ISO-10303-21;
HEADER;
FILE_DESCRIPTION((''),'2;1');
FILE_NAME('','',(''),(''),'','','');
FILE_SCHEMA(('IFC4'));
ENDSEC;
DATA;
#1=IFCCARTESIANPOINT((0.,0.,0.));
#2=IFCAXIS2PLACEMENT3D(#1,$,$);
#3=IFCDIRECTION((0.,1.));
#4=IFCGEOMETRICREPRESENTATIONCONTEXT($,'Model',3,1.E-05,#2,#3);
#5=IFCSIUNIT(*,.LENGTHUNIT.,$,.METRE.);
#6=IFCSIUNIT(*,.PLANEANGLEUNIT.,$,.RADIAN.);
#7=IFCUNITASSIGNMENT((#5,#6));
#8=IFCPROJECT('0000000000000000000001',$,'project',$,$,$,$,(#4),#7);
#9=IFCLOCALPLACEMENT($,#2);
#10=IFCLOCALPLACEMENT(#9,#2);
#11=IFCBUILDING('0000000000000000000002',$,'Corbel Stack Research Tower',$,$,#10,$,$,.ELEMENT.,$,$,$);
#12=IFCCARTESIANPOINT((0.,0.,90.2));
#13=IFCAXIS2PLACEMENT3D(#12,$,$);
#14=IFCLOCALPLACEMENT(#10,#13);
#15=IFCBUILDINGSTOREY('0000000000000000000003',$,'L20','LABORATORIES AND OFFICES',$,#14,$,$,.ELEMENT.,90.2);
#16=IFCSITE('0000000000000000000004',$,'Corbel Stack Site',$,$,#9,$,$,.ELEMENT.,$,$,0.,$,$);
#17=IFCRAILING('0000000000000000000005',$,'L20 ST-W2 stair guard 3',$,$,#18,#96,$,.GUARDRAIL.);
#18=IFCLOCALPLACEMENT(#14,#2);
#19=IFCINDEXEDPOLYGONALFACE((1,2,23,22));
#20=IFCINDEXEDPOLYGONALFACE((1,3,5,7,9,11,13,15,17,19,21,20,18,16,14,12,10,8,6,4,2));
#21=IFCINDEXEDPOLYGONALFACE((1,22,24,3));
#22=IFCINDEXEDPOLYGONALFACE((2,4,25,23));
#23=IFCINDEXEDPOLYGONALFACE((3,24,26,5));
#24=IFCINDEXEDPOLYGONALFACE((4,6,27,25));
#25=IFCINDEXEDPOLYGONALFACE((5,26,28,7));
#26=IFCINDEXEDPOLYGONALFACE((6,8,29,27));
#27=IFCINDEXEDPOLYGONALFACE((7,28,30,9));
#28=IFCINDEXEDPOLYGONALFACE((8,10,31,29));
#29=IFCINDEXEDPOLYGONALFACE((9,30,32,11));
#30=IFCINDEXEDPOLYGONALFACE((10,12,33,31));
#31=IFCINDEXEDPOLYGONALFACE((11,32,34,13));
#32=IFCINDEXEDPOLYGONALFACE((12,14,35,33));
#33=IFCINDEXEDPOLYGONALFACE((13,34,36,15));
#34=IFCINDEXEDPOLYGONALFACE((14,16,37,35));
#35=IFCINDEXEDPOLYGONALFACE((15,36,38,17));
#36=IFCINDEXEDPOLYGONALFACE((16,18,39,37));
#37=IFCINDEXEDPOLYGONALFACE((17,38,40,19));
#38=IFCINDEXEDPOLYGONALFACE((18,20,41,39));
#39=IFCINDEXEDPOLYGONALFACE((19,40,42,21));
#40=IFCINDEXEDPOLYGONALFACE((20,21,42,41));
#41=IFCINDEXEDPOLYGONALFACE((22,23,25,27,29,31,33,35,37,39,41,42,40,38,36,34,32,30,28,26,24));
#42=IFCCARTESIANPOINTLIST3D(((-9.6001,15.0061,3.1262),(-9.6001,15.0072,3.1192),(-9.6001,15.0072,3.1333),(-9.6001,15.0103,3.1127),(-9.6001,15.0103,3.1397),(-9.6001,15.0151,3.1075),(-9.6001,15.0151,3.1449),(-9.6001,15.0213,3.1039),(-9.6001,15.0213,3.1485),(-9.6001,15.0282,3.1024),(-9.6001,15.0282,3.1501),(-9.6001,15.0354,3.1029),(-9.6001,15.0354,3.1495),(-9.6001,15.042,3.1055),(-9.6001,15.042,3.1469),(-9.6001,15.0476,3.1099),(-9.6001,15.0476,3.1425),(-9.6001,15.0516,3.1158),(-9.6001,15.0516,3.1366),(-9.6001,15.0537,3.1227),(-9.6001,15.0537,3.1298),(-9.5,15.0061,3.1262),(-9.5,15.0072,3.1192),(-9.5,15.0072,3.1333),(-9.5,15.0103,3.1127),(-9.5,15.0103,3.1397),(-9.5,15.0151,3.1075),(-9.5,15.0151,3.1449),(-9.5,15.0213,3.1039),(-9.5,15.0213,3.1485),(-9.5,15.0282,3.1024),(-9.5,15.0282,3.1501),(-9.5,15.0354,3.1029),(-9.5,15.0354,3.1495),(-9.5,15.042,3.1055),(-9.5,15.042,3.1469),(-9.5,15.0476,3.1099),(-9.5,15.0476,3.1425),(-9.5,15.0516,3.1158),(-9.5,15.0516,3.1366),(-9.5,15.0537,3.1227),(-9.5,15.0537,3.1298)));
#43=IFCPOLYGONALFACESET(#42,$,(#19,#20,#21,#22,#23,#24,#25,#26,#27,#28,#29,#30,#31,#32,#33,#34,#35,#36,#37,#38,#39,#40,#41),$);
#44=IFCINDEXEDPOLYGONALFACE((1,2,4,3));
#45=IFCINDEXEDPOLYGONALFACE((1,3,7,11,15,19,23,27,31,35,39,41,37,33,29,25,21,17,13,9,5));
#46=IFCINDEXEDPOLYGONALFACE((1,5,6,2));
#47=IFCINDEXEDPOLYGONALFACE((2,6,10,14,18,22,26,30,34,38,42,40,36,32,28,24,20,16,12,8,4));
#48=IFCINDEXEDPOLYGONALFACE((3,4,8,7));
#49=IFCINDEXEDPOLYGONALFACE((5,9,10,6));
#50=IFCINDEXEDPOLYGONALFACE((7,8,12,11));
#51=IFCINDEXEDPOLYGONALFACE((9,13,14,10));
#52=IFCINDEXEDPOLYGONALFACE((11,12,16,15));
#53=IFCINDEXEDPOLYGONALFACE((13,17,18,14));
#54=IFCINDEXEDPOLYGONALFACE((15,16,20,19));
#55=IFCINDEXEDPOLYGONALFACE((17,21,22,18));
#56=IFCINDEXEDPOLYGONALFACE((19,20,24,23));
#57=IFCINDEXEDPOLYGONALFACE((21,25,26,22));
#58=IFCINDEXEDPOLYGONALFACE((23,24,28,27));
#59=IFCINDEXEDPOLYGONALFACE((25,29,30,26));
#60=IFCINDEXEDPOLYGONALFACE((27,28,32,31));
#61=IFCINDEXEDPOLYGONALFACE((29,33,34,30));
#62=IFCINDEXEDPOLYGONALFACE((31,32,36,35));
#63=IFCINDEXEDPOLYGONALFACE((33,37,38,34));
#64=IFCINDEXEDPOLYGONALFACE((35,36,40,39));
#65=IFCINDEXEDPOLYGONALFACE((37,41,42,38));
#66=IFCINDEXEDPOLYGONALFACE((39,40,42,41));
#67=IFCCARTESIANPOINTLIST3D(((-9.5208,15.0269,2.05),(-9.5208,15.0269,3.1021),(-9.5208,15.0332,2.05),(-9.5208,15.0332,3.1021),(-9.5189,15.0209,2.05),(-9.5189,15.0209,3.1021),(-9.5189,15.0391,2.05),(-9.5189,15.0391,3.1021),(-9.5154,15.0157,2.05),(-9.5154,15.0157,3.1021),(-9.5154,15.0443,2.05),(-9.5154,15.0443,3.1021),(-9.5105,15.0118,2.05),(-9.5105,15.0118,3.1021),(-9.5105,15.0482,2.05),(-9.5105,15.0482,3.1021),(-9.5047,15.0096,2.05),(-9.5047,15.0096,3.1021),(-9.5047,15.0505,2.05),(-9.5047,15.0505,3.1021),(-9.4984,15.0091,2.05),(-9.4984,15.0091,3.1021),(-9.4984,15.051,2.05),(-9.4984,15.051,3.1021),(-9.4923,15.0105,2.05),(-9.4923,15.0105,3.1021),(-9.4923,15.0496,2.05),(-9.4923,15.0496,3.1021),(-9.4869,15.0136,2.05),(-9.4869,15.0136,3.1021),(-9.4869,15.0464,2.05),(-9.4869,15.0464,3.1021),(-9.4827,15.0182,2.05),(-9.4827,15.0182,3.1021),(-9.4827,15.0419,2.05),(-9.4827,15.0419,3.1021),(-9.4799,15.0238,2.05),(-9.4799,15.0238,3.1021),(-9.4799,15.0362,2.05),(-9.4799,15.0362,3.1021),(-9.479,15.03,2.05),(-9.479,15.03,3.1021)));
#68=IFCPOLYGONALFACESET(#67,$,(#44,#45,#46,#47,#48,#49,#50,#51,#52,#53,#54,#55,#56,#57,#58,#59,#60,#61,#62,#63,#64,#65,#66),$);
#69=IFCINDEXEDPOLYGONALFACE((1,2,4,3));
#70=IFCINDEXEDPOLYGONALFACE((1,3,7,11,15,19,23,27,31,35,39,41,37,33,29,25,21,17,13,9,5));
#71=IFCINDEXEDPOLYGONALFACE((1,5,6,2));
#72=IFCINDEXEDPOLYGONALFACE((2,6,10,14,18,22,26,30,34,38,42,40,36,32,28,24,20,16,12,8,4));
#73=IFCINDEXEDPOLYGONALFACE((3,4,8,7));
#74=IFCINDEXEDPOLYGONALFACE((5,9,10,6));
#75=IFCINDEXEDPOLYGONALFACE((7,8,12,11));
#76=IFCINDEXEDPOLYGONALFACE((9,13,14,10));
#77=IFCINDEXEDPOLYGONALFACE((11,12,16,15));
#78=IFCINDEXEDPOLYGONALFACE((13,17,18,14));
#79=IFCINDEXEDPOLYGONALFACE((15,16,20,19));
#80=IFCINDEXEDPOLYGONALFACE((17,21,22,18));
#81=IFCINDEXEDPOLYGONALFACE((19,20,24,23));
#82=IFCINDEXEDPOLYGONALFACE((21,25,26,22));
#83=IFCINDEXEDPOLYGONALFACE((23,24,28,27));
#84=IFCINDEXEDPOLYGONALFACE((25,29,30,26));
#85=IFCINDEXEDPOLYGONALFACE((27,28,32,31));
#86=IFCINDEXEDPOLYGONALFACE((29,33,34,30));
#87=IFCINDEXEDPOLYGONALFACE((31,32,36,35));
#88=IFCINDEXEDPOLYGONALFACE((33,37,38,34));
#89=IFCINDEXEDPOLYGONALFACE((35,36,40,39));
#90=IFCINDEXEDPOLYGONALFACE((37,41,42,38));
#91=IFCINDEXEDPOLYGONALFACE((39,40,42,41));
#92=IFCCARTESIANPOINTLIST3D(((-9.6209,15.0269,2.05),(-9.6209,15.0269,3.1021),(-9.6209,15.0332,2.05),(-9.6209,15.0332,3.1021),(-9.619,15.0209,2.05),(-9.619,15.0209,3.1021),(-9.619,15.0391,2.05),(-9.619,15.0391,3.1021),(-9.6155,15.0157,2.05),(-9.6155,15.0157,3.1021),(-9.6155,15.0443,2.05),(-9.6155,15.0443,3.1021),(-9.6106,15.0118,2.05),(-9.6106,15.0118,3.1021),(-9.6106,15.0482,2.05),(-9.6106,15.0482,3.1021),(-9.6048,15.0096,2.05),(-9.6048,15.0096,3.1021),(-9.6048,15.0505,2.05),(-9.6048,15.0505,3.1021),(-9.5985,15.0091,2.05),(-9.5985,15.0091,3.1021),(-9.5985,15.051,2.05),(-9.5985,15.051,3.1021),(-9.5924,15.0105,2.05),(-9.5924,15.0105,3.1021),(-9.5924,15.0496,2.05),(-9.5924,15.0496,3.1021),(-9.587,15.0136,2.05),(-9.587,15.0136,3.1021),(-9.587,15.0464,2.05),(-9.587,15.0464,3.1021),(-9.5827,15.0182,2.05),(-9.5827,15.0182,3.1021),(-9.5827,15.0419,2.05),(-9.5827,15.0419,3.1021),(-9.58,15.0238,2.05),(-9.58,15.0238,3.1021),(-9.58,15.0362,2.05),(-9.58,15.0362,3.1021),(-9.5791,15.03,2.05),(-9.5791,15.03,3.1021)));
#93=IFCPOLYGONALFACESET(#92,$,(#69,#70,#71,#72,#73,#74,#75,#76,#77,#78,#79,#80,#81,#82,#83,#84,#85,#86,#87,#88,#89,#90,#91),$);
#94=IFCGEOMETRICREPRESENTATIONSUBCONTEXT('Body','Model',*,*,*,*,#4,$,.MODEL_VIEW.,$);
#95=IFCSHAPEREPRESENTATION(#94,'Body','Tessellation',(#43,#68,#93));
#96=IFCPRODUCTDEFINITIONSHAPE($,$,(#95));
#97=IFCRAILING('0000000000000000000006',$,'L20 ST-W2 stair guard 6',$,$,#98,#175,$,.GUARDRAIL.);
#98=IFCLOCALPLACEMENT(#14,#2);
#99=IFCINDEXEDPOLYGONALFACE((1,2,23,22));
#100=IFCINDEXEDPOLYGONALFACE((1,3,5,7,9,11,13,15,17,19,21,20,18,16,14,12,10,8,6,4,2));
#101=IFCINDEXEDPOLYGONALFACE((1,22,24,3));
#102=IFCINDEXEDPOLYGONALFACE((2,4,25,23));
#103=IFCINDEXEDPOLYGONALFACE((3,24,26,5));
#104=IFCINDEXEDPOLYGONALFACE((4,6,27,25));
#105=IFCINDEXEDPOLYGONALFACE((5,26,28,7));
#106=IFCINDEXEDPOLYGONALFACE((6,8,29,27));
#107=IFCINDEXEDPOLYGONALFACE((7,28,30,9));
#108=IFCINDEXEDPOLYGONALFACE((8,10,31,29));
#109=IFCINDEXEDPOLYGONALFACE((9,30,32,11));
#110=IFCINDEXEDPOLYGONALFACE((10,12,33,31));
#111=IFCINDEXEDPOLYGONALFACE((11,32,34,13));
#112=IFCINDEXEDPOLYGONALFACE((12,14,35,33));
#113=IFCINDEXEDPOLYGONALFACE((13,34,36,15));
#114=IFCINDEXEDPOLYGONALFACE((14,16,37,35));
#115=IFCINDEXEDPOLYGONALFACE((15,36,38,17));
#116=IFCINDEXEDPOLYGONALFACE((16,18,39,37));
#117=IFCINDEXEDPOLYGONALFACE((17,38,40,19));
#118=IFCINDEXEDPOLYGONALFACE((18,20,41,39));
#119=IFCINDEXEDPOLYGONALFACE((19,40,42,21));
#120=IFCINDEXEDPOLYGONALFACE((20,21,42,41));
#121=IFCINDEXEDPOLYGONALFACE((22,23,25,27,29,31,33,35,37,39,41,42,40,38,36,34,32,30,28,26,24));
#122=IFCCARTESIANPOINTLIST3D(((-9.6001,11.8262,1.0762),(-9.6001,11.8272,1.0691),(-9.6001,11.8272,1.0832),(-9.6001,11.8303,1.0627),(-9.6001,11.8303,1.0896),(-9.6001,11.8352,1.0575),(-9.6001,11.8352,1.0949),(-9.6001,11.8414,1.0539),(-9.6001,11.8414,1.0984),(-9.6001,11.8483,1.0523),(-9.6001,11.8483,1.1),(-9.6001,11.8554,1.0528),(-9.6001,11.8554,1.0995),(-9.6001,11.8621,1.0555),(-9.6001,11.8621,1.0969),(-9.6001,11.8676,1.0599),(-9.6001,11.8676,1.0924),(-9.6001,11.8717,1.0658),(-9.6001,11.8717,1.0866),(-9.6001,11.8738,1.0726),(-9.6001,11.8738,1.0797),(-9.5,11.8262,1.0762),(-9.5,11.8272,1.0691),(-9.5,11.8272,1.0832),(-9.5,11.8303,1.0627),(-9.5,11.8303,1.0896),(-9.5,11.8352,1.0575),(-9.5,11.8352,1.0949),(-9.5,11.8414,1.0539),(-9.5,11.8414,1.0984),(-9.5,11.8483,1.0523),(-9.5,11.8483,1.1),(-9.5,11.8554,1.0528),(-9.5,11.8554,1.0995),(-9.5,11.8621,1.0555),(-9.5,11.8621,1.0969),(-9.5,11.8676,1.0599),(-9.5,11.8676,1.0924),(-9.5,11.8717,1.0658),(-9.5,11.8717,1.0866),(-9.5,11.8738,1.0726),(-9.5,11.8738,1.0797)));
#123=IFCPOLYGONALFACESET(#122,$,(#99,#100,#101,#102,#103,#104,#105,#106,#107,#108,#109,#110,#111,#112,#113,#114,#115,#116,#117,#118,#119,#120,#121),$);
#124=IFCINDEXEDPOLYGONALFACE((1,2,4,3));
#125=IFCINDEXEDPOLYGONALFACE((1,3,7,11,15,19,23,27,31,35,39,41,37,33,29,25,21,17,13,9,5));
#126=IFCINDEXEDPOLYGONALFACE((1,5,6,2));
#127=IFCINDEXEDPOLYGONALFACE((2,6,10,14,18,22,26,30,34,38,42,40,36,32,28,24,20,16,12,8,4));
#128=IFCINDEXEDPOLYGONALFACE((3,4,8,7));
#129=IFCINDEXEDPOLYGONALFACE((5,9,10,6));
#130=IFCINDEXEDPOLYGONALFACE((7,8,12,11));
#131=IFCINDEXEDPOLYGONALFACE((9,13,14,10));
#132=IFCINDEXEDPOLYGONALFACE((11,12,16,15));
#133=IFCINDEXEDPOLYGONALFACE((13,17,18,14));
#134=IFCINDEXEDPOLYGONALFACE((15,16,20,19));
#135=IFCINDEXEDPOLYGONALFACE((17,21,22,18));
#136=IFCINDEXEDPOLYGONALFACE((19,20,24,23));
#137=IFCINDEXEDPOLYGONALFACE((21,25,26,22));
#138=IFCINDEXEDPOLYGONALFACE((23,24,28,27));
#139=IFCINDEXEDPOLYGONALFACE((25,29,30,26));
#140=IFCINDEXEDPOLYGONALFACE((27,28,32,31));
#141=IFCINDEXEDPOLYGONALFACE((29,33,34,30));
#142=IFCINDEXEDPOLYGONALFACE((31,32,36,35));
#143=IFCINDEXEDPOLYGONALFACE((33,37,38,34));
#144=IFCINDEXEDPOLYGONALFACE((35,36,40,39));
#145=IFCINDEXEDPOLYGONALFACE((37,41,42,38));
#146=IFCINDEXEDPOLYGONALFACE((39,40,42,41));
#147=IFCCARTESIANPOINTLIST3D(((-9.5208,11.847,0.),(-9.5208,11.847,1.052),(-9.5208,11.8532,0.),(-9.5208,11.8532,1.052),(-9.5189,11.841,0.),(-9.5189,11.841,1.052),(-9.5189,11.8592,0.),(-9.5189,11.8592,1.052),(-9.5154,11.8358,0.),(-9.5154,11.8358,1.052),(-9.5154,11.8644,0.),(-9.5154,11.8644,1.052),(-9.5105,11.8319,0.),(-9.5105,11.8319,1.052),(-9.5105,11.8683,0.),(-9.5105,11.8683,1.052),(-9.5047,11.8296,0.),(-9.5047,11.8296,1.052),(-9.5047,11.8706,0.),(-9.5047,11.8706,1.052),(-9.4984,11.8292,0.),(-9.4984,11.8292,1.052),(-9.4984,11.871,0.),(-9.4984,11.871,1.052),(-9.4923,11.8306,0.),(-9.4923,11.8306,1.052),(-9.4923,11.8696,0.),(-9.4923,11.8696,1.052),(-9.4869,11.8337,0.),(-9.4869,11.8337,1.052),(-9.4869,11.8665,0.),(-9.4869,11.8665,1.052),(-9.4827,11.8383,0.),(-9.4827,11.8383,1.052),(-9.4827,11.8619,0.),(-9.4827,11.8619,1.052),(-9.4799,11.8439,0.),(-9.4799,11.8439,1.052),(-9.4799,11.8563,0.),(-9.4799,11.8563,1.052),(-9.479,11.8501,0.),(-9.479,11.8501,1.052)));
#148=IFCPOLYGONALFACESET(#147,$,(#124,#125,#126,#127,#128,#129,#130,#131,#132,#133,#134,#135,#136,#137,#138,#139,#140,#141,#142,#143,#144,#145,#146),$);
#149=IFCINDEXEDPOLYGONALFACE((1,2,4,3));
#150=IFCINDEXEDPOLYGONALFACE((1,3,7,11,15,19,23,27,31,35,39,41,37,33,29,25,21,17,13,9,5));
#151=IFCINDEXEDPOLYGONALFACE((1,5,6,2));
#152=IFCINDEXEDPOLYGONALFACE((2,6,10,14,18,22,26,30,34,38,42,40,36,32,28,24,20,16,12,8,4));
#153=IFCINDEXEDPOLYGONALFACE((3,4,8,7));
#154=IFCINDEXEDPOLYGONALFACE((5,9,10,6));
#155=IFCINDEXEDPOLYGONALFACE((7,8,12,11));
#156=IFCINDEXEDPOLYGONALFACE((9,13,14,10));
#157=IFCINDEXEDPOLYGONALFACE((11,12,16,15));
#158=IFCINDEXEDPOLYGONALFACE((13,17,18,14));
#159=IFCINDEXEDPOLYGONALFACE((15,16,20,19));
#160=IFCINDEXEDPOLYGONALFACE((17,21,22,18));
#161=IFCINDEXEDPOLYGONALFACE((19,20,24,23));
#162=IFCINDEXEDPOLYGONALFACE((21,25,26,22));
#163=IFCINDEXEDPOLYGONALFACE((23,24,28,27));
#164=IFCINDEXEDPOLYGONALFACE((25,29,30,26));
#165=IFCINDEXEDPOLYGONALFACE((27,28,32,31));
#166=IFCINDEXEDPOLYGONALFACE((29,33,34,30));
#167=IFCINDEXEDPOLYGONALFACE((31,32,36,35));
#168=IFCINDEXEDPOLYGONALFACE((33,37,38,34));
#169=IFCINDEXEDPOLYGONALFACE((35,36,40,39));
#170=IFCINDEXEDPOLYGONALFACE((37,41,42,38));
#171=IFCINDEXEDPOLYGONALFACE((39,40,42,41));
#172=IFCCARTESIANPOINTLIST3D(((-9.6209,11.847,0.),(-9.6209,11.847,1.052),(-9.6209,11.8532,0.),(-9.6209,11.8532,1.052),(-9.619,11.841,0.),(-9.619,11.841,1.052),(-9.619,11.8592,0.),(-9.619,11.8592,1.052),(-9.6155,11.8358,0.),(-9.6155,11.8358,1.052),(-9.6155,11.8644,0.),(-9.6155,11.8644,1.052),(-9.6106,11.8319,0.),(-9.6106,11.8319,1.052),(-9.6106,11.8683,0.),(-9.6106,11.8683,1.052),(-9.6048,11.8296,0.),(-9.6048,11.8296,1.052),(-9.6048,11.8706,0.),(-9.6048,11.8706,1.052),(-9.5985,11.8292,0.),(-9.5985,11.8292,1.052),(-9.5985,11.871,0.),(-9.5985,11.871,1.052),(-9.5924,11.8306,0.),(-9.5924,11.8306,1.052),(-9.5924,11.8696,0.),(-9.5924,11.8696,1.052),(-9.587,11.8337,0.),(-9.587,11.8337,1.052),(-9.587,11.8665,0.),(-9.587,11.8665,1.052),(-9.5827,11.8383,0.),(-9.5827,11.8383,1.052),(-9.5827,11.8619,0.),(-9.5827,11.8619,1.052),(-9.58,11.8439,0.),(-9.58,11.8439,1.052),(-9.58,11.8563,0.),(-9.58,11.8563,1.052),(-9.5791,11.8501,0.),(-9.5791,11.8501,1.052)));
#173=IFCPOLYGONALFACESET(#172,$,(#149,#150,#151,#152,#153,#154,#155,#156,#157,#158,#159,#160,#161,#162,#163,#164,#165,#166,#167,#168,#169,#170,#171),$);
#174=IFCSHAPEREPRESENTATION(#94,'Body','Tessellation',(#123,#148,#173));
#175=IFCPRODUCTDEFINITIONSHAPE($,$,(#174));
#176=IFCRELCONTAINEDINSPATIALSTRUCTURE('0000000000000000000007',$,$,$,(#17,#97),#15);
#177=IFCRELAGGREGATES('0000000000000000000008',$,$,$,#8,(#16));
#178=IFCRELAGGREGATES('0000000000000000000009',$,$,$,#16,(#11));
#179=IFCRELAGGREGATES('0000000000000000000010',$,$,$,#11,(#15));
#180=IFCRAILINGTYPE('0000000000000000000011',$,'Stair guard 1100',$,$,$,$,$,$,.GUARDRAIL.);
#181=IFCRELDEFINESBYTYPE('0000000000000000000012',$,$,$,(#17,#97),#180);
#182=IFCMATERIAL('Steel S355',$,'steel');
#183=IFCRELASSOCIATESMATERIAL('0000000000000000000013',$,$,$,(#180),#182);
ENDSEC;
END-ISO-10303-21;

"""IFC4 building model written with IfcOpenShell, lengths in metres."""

from ifc_helpers import new_model, si_unit, direction, frame, origin, origin_2d, place, context, subcontext, project, spatial, circle, extrude, material, type_object, element, save


model = new_model("IFC4")

# Units and contexts
model_context = context("Model", 3, precision=1e-05, world=origin(), true_north=direction((0.0, 1.0)))
body_context = subcontext(model_context, "Body", "Model", "MODEL_VIEW")
ifc_project = project(units=[si_unit("LENGTHUNIT", "METRE"), si_unit("PLANEANGLEUNIT", "RADIAN")], contexts=[model_context])

# Site, building, storey
site_placement = place(None, origin())
site = spatial("IfcSite", under=ifc_project, at=site_placement, Name="Corbel Stack Site", CompositionType="ELEMENT", RefElevation=0.0)
building_placement = place(site_placement, origin())
building = spatial("IfcBuilding", under=site, at=building_placement, Name="Corbel Stack Research Tower", CompositionType="ELEMENT")
storey_placement = place(building_placement, frame((0.0, 0.0, 90.2)))
storey = spatial("IfcBuildingStorey", under=building, at=storey_placement, Name="L20", Description="LABORATORIES AND OFFICES", CompositionType="ELEMENT", Elevation=90.2)

# Railings
ifc_material_1 = material(Name="Steel S355", Category="steel")
railing_type_1 = type_object("IfcRailingType", Name="Stair guard 1100", PredefinedType="GUARDRAIL", material=ifc_material_1)
for number, where, name in (
    (1, (-9.5, 15.03, 2.05), "L20 ST-W2 stair guard 3"),
    (2, (-9.5, 11.8501, 0.0), "L20 ST-W2 stair guard 6"),
):
    element("IfcRailing", number, at=place(storey_placement, frame(where)), inside=storey, type_object=railing_type_1, Name=name, PredefinedType="GUARDRAIL", context=body_context, shape_type="SweptSolid", body=[
        extrude(circle(Radius=0.0239, at=origin_2d()), frame((0.0, 0.0, 1.0762), z_axis=(-1.0, 0.0, 0.0), x_axis=(0.0, -1.0, 0.0)), (0.0, 0.0, 1.0), 0.1001),
        extrude(circle(Radius=0.021, at=origin_2d()), origin(), (0.0, 0.0, 1.0), 1.052),
        extrude(circle(Radius=0.021, at=origin_2d()), frame((-0.1001, 0.0, 0.0)), (0.0, 0.0, 1.0), 1.052),
    ])

save(model, "model.ifc")
